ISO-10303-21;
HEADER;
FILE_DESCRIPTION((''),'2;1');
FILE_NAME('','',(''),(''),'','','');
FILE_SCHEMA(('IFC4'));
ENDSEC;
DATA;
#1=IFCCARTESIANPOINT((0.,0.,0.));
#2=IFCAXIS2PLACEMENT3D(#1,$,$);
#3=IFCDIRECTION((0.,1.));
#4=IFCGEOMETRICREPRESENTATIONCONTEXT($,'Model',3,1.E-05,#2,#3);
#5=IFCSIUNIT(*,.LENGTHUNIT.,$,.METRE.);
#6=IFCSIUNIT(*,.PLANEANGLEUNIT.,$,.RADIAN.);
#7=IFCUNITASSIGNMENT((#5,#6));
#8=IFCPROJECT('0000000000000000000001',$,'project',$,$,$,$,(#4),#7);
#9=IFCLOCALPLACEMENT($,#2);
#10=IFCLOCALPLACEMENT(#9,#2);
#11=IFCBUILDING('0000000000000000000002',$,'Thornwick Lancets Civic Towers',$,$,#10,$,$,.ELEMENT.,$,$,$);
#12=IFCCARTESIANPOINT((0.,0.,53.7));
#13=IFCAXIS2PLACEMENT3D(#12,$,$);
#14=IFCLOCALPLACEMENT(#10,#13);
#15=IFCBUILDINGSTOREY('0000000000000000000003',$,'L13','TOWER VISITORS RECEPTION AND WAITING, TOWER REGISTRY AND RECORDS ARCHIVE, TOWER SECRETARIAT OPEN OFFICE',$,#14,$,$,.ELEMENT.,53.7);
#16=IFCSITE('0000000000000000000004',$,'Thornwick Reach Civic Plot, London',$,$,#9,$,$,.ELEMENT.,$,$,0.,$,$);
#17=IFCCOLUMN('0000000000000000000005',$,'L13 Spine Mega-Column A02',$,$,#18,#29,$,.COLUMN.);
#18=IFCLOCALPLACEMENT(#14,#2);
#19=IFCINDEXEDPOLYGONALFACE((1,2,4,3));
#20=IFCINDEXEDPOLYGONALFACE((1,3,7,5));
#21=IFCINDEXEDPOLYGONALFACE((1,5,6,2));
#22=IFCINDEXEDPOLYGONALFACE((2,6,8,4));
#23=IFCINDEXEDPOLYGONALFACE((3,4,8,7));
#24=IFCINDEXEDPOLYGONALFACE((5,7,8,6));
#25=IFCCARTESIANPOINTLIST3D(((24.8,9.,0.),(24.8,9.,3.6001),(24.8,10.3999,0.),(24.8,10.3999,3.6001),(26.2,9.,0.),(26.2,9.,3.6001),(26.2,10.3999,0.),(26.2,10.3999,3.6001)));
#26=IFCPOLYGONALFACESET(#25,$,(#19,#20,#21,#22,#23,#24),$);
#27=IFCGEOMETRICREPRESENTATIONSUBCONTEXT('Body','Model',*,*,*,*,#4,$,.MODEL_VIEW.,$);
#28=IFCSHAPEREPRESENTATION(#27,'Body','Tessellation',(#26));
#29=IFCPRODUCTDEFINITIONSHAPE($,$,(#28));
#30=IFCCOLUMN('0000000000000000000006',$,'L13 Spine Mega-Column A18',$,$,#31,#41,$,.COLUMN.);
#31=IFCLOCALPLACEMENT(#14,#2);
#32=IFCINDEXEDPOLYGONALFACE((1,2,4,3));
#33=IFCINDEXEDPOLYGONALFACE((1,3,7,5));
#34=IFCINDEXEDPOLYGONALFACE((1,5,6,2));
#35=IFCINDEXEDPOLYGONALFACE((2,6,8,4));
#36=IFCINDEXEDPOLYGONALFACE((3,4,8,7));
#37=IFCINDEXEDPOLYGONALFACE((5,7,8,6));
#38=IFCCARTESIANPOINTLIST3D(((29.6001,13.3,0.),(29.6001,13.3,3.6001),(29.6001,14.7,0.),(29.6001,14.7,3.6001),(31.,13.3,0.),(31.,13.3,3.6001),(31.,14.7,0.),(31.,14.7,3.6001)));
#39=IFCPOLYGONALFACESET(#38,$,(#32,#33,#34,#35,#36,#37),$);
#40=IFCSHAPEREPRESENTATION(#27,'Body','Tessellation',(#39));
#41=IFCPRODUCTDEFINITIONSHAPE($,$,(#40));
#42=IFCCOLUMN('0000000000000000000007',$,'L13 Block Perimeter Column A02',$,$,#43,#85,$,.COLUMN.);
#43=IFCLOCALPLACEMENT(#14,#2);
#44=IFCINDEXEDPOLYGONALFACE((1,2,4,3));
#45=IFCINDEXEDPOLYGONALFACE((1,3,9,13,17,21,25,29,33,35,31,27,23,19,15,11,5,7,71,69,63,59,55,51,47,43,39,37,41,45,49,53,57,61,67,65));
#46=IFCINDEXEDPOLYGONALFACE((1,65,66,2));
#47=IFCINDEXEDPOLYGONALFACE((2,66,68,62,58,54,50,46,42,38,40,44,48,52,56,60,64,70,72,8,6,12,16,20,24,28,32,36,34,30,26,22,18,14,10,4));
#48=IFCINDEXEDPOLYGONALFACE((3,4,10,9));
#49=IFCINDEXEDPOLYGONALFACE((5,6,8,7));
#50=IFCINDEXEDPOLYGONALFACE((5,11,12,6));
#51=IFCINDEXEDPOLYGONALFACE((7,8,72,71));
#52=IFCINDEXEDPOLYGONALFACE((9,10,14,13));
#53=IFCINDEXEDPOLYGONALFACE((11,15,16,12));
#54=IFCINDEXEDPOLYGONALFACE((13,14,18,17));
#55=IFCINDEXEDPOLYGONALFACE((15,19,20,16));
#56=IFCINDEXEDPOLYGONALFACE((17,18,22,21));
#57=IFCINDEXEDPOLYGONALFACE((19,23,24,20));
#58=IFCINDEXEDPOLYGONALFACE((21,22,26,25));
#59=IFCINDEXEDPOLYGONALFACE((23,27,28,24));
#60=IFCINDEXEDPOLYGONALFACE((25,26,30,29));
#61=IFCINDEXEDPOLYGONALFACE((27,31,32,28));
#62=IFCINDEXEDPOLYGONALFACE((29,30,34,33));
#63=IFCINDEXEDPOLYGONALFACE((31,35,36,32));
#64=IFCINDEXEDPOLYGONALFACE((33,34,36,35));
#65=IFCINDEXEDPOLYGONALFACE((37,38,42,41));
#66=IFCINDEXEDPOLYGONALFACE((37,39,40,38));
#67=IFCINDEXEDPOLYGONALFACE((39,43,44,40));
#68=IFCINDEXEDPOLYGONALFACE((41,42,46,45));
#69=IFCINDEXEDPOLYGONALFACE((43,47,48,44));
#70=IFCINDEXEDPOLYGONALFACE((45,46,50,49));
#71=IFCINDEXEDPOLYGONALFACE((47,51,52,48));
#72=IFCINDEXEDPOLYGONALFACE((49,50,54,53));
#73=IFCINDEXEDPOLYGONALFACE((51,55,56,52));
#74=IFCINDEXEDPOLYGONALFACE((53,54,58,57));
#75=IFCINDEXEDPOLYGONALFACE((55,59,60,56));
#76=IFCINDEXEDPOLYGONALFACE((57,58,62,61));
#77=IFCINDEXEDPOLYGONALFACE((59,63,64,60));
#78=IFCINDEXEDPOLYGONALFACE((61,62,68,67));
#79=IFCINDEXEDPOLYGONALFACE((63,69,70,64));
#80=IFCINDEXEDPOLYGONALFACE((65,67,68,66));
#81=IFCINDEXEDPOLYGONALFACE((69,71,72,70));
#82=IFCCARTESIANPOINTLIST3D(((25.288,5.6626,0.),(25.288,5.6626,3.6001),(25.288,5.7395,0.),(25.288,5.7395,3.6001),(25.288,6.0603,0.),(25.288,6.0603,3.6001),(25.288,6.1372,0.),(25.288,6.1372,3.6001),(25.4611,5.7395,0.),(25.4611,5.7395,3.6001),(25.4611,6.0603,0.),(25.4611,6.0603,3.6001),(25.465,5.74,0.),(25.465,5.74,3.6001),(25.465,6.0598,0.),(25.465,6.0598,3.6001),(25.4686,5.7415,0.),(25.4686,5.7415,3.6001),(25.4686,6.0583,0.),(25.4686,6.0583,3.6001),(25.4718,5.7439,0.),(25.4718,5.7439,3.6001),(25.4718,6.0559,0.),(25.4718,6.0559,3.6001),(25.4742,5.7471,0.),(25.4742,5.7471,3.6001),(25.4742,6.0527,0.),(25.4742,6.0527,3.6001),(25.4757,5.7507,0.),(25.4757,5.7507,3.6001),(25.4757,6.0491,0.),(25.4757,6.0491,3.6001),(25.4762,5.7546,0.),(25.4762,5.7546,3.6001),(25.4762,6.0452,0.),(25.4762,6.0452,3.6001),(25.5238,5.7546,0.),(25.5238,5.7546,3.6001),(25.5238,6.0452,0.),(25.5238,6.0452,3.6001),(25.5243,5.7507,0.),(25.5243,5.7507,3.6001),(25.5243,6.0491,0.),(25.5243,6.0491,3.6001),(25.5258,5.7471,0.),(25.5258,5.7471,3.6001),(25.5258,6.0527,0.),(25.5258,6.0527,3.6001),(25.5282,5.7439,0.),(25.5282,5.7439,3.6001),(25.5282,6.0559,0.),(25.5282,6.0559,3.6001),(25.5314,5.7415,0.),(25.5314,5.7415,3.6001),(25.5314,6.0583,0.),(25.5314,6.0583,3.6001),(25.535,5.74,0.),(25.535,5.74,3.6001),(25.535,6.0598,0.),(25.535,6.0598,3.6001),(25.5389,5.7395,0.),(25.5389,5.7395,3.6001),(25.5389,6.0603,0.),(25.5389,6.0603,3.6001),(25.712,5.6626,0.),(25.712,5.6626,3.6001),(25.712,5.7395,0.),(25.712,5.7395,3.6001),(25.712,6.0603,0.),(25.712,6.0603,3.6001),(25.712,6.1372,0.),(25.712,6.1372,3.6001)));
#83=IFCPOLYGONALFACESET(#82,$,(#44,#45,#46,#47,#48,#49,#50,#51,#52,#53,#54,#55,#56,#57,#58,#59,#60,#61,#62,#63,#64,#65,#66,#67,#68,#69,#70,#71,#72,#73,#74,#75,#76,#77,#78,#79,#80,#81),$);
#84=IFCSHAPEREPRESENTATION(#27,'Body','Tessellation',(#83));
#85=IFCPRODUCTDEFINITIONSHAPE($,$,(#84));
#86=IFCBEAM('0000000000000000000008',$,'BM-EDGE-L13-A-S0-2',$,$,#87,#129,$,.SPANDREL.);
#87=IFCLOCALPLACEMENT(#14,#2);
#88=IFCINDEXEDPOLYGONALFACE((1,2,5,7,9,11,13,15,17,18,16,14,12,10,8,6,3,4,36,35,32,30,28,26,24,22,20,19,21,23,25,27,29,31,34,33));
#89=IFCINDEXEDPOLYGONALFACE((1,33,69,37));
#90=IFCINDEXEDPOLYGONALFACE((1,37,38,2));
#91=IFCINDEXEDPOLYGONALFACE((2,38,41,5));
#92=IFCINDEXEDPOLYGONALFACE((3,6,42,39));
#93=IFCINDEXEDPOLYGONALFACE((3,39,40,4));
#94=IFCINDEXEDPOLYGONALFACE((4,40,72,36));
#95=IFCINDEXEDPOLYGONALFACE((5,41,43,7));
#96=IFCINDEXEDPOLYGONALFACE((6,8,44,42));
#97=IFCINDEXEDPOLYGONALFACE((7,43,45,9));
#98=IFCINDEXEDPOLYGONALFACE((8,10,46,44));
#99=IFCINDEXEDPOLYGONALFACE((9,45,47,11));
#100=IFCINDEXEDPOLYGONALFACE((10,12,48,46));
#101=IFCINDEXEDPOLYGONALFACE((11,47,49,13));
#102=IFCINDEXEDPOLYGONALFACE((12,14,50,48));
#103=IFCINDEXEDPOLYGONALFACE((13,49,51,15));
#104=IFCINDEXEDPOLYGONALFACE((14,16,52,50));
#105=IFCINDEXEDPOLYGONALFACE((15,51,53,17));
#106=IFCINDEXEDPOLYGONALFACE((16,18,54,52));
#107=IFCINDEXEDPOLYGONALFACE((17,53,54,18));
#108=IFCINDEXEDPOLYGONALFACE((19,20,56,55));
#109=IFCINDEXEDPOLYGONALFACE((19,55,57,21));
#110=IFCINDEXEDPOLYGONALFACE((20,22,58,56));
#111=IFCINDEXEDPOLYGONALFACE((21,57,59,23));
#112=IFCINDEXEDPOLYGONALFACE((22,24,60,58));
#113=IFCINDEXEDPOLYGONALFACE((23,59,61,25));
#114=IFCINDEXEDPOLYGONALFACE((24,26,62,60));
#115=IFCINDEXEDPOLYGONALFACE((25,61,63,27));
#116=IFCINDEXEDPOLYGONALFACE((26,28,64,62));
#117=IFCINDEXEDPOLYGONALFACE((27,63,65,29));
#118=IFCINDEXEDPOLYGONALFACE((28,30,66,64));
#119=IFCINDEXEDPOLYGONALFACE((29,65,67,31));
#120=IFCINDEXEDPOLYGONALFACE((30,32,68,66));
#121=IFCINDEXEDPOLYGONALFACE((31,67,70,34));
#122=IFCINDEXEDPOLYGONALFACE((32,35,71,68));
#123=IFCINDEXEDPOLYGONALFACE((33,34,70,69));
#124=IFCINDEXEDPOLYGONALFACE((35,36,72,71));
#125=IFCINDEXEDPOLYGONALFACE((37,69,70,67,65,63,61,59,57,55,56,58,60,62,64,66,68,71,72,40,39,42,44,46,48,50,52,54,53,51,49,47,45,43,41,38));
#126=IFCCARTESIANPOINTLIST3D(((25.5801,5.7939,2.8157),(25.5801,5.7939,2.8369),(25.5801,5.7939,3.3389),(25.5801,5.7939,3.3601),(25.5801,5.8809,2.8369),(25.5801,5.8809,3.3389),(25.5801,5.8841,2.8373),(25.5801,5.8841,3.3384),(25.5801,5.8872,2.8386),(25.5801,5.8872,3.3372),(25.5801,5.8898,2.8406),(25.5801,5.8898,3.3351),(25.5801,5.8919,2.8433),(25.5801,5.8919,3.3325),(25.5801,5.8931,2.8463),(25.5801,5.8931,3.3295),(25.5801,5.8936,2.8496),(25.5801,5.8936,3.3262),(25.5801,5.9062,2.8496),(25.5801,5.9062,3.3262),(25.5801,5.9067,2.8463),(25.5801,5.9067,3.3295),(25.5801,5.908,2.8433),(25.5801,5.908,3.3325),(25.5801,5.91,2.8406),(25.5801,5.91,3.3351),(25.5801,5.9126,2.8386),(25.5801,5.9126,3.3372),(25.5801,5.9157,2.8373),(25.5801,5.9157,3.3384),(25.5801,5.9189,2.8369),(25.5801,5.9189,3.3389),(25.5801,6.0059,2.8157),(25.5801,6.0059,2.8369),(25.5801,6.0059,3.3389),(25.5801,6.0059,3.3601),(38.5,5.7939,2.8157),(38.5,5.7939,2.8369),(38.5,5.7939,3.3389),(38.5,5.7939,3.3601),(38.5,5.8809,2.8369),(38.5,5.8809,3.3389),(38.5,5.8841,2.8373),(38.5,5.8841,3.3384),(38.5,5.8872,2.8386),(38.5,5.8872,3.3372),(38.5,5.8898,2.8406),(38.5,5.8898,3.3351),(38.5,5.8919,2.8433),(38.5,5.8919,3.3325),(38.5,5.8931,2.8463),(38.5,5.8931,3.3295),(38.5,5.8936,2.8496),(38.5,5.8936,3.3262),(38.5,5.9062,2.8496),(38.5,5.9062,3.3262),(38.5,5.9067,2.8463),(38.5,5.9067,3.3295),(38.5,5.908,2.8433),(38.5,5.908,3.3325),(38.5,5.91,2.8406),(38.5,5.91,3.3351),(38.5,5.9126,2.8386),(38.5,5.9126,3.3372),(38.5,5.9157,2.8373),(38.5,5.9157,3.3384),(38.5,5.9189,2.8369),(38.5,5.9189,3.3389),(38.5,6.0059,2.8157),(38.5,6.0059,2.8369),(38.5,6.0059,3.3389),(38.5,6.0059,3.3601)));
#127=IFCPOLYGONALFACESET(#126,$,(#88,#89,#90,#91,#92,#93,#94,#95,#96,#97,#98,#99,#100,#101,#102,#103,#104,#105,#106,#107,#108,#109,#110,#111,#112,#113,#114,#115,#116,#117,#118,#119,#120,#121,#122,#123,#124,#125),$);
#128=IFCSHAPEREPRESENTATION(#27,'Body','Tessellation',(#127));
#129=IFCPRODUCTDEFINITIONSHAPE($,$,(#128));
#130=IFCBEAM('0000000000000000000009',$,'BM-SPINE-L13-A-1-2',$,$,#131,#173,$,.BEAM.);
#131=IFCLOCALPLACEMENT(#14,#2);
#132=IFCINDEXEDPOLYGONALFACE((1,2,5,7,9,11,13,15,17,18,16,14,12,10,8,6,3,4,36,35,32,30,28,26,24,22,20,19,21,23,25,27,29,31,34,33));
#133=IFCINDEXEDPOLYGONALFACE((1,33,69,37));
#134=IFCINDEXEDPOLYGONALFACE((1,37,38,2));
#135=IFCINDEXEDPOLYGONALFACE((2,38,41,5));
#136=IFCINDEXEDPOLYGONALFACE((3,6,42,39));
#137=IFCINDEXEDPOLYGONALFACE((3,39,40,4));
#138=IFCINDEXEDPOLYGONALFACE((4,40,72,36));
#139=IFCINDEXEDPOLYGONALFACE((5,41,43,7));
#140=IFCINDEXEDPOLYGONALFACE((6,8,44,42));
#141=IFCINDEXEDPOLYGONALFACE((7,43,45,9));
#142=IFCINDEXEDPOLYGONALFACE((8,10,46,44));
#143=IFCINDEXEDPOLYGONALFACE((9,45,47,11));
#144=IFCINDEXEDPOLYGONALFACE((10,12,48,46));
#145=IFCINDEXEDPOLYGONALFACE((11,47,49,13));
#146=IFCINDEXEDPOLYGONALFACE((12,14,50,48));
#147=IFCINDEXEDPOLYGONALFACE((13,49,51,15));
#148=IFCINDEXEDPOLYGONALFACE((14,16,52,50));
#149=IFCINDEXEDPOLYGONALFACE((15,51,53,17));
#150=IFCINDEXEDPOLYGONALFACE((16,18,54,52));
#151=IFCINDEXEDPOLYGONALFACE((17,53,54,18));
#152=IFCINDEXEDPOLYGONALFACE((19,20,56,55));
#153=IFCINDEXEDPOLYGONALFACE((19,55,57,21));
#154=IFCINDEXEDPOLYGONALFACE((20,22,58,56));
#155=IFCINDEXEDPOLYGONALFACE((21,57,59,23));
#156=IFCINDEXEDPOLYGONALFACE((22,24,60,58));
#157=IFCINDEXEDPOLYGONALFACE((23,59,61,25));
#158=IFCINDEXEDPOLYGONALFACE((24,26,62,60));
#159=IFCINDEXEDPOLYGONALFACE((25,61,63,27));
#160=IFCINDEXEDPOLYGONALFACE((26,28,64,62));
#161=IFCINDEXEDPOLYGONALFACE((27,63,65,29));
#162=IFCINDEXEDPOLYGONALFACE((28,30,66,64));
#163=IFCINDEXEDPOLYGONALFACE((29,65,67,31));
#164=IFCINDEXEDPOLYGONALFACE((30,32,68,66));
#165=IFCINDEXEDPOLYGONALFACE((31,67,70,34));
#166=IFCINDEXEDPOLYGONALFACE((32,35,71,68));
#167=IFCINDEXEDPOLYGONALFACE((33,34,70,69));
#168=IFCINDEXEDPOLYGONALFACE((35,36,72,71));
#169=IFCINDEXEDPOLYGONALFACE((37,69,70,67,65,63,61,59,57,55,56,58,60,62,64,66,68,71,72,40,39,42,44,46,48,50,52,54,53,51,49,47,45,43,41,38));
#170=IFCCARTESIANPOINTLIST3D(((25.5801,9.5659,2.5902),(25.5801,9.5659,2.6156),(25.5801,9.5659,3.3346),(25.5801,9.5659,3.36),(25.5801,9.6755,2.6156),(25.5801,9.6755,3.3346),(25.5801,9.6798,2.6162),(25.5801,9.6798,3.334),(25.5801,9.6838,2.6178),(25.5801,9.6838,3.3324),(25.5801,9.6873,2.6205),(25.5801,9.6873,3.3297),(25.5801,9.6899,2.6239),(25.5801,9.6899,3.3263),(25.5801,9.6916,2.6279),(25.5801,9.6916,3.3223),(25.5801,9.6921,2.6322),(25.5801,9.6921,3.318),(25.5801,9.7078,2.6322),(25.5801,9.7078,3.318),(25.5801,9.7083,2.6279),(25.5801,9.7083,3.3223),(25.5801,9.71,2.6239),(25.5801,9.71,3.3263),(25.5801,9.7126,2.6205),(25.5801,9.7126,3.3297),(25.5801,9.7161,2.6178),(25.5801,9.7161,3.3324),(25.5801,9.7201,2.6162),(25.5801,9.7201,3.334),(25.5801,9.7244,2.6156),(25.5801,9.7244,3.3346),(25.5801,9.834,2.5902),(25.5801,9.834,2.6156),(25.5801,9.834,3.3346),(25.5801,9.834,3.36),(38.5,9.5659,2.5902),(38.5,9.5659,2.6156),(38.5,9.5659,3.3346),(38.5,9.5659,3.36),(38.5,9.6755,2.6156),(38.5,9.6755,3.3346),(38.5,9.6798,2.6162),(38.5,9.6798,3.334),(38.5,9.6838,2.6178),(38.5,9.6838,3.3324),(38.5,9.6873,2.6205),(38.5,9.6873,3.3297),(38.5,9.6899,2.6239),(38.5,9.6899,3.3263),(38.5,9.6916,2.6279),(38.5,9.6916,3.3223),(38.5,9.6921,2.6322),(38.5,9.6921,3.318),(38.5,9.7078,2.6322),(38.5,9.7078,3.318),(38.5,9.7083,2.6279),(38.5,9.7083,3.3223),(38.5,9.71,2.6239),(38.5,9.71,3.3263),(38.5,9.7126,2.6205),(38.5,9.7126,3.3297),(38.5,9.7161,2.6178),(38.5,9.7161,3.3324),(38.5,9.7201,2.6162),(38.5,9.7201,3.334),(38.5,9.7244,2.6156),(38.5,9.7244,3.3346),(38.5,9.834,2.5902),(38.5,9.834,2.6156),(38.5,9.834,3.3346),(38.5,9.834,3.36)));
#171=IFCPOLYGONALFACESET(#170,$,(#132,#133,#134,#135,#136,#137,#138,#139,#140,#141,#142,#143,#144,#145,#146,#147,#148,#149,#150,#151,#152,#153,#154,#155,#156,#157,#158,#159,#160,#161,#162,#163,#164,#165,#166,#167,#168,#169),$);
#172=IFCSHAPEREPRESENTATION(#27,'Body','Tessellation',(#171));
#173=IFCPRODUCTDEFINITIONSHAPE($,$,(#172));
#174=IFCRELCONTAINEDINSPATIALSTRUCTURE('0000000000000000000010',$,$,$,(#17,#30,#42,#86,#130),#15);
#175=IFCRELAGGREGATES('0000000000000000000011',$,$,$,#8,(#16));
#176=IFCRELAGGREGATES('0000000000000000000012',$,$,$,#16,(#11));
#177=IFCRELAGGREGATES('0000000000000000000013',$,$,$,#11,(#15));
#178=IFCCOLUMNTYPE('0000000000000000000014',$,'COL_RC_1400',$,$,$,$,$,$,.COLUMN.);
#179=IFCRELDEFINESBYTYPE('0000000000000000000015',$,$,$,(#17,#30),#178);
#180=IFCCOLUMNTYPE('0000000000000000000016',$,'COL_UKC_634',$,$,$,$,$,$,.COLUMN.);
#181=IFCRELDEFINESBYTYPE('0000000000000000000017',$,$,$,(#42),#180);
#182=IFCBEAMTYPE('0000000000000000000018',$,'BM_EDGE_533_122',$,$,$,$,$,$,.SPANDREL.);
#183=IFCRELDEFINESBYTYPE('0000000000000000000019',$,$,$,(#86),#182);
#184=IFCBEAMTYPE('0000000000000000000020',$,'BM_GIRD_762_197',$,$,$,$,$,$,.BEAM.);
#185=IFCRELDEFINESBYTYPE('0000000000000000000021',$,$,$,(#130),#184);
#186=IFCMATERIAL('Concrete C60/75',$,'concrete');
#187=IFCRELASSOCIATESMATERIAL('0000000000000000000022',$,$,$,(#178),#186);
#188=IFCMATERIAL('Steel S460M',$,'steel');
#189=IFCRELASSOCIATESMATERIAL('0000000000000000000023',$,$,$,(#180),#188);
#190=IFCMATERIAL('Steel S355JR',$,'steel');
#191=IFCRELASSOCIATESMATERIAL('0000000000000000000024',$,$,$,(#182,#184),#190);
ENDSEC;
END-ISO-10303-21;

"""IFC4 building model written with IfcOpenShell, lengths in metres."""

from ifc_helpers import new_model, si_unit, direction, frame, origin, origin_2d, place, context, subcontext, project, spatial, rectangle, i_section, extrude, material, material_profile, profile_set, type_object, element, save


model = new_model("IFC4")

# Units and contexts
model_context = context("Model", 3, precision=1e-05, world=origin(), true_north=direction((0.0, 1.0)))
body_context = subcontext(model_context, "Body", "Model", "MODEL_VIEW")
ifc_project = project(units=[si_unit("LENGTHUNIT", "METRE"), si_unit("PLANEANGLEUNIT", "RADIAN")], contexts=[model_context])

# Site, building, storey
site_placement = place(None, origin())
site = spatial("IfcSite", under=ifc_project, at=site_placement, Name="Thornwick Reach Civic Plot, London", CompositionType="ELEMENT", RefElevation=0.0)
building_placement = place(site_placement, origin())
building = spatial("IfcBuilding", under=site, at=building_placement, Name="Thornwick Lancets Civic Towers", CompositionType="ELEMENT")
storey_placement = place(building_placement, frame((0.0, 0.0, 53.7)))
storey = spatial("IfcBuildingStorey", under=building, at=storey_placement, Name="L13", Description="TOWER VISITORS RECEPTION AND WAITING, TOWER REGISTRY AND RECORDS ARCHIVE, TOWER SECRETARIAT OPEN OFFICE", CompositionType="ELEMENT", Elevation=53.7)

# Columns
ifc_material_1 = material(Name="Concrete C60/75", Category="concrete")
ifc_material_profile_1 = material_profile(ifc_material_1, rectangle(XDim=1.3999, YDim=1.3999, at=origin_2d()), Name="RC 1400x1400")
ifc_profile_set_1 = profile_set([ifc_material_profile_1], Name="Concrete C60/75")
column_type_1 = type_object("IfcColumnType", Name="COL_RC_1400", PredefinedType="COLUMN", material=ifc_profile_set_1)
for number, where, z_axis, x_axis, name in (
    (1, (25.5, 9.7, 0.0), (0.0, 0.0, 1.0), (1.0, 0.0, 0.0), "L13 Spine Mega-Column A02"),
    (2, (30.3, 14.0, 0.0), (0.0, 0.0, 1.0), (1.0, 0.0, 0.0), "L13 Spine Mega-Column A18"),
):
    element("IfcColumn", number, at=place(storey_placement, frame(where, z_axis=z_axis, x_axis=x_axis)), inside=storey, type_object=column_type_1, Name=name, PredefinedType="COLUMN", context=body_context, shape_type="SweptSolid", body=[
        extrude(rectangle(XDim=1.3999, YDim=1.3999, at=origin_2d()), origin(), (0.0, 0.0, 1.0), 3.6001),
    ])
ifc_material_2 = material(Name="Steel S460M", Category="steel")
ifc_material_profile_2 = material_profile(ifc_material_2, i_section(OverallWidth=0.4241, OverallDepth=0.4746, WebThickness=0.0476, FlangeThickness=0.0769, FilletRadius=0.0151, at=origin_2d()), Name="UKC 356x406x634")
ifc_profile_set_2 = profile_set([ifc_material_profile_2], Name="Steel S460M")
column_type_2 = type_object("IfcColumnType", Name="COL_UKC_634", PredefinedType="COLUMN", material=ifc_profile_set_2)
column_placement = place(storey_placement, frame((25.5, 5.8999, 0.0), z_axis=(0.0, 0.0, 1.0), x_axis=(1.0, 0.0, 0.0)))
element("IfcColumn", 3, at=column_placement, inside=storey, type_object=column_type_2, Name="L13 Block Perimeter Column A02", PredefinedType="COLUMN", context=body_context, shape_type="SweptSolid", body=[
    extrude(i_section(OverallWidth=0.4241, OverallDepth=0.4746, WebThickness=0.0476, FlangeThickness=0.0769, FilletRadius=0.0151, at=origin_2d()), origin(), (0.0, 0.0, 1.0), 3.6001),
])

# Beams
ifc_material_3 = material(Name="Steel S355JR", Category="steel")
ifc_material_profile_3 = material_profile(ifc_material_3, i_section(OverallWidth=0.2119, OverallDepth=0.5444, WebThickness=0.0127, FlangeThickness=0.0212, FilletRadius=0.0127, at=origin_2d()), Name="UKB 533x210x122")
ifc_profile_set_3 = profile_set([ifc_material_profile_3], Name="Steel S355JR")
beam_type_1 = type_object("IfcBeamType", Name="BM_EDGE_533_122", PredefinedType="SPANDREL", material=ifc_profile_set_3)
beam_1_placement = place(storey_placement, frame((25.5801, 5.8999, 3.0879), z_axis=(1.0, 0.0, 0.0), x_axis=(0.0, 1.0, 0.0)))
element("IfcBeam", 4, at=beam_1_placement, inside=storey, type_object=beam_type_1, Name="BM-EDGE-L13-A-S0-2", PredefinedType="SPANDREL", context=body_context, shape_type="SweptSolid", body=[
    extrude(i_section(OverallWidth=0.2119, OverallDepth=0.5444, WebThickness=0.0127, FlangeThickness=0.0212, FilletRadius=0.0127, at=origin_2d()), origin(), (0.0, 0.0, 1.0), 12.9199),
])
ifc_material_profile_4 = material_profile(ifc_material_3, i_section(OverallWidth=0.2681, OverallDepth=0.7698, WebThickness=0.0156, FlangeThickness=0.0254, FilletRadius=0.0166, at=origin_2d()), Name="UKB 762x267x197")
ifc_profile_set_4 = profile_set([ifc_material_profile_4], Name="Steel S355JR")
beam_type_2 = type_object("IfcBeamType", Name="BM_GIRD_762_197", PredefinedType="BEAM", material=ifc_profile_set_4)
beam_2_placement = place(storey_placement, frame((25.5801, 9.7, 2.9751), z_axis=(1.0, 0.0, 0.0), x_axis=(0.0, 1.0, 0.0)))
element("IfcBeam", 5, at=beam_2_placement, inside=storey, type_object=beam_type_2, Name="BM-SPINE-L13-A-1-2", PredefinedType="BEAM", context=body_context, shape_type="SweptSolid", body=[
    extrude(i_section(OverallWidth=0.2681, OverallDepth=0.7698, WebThickness=0.0156, FlangeThickness=0.0254, FilletRadius=0.0166, at=origin_2d()), origin(), (0.0, 0.0, 1.0), 12.9199),
])

save(model, "model.ifc")
